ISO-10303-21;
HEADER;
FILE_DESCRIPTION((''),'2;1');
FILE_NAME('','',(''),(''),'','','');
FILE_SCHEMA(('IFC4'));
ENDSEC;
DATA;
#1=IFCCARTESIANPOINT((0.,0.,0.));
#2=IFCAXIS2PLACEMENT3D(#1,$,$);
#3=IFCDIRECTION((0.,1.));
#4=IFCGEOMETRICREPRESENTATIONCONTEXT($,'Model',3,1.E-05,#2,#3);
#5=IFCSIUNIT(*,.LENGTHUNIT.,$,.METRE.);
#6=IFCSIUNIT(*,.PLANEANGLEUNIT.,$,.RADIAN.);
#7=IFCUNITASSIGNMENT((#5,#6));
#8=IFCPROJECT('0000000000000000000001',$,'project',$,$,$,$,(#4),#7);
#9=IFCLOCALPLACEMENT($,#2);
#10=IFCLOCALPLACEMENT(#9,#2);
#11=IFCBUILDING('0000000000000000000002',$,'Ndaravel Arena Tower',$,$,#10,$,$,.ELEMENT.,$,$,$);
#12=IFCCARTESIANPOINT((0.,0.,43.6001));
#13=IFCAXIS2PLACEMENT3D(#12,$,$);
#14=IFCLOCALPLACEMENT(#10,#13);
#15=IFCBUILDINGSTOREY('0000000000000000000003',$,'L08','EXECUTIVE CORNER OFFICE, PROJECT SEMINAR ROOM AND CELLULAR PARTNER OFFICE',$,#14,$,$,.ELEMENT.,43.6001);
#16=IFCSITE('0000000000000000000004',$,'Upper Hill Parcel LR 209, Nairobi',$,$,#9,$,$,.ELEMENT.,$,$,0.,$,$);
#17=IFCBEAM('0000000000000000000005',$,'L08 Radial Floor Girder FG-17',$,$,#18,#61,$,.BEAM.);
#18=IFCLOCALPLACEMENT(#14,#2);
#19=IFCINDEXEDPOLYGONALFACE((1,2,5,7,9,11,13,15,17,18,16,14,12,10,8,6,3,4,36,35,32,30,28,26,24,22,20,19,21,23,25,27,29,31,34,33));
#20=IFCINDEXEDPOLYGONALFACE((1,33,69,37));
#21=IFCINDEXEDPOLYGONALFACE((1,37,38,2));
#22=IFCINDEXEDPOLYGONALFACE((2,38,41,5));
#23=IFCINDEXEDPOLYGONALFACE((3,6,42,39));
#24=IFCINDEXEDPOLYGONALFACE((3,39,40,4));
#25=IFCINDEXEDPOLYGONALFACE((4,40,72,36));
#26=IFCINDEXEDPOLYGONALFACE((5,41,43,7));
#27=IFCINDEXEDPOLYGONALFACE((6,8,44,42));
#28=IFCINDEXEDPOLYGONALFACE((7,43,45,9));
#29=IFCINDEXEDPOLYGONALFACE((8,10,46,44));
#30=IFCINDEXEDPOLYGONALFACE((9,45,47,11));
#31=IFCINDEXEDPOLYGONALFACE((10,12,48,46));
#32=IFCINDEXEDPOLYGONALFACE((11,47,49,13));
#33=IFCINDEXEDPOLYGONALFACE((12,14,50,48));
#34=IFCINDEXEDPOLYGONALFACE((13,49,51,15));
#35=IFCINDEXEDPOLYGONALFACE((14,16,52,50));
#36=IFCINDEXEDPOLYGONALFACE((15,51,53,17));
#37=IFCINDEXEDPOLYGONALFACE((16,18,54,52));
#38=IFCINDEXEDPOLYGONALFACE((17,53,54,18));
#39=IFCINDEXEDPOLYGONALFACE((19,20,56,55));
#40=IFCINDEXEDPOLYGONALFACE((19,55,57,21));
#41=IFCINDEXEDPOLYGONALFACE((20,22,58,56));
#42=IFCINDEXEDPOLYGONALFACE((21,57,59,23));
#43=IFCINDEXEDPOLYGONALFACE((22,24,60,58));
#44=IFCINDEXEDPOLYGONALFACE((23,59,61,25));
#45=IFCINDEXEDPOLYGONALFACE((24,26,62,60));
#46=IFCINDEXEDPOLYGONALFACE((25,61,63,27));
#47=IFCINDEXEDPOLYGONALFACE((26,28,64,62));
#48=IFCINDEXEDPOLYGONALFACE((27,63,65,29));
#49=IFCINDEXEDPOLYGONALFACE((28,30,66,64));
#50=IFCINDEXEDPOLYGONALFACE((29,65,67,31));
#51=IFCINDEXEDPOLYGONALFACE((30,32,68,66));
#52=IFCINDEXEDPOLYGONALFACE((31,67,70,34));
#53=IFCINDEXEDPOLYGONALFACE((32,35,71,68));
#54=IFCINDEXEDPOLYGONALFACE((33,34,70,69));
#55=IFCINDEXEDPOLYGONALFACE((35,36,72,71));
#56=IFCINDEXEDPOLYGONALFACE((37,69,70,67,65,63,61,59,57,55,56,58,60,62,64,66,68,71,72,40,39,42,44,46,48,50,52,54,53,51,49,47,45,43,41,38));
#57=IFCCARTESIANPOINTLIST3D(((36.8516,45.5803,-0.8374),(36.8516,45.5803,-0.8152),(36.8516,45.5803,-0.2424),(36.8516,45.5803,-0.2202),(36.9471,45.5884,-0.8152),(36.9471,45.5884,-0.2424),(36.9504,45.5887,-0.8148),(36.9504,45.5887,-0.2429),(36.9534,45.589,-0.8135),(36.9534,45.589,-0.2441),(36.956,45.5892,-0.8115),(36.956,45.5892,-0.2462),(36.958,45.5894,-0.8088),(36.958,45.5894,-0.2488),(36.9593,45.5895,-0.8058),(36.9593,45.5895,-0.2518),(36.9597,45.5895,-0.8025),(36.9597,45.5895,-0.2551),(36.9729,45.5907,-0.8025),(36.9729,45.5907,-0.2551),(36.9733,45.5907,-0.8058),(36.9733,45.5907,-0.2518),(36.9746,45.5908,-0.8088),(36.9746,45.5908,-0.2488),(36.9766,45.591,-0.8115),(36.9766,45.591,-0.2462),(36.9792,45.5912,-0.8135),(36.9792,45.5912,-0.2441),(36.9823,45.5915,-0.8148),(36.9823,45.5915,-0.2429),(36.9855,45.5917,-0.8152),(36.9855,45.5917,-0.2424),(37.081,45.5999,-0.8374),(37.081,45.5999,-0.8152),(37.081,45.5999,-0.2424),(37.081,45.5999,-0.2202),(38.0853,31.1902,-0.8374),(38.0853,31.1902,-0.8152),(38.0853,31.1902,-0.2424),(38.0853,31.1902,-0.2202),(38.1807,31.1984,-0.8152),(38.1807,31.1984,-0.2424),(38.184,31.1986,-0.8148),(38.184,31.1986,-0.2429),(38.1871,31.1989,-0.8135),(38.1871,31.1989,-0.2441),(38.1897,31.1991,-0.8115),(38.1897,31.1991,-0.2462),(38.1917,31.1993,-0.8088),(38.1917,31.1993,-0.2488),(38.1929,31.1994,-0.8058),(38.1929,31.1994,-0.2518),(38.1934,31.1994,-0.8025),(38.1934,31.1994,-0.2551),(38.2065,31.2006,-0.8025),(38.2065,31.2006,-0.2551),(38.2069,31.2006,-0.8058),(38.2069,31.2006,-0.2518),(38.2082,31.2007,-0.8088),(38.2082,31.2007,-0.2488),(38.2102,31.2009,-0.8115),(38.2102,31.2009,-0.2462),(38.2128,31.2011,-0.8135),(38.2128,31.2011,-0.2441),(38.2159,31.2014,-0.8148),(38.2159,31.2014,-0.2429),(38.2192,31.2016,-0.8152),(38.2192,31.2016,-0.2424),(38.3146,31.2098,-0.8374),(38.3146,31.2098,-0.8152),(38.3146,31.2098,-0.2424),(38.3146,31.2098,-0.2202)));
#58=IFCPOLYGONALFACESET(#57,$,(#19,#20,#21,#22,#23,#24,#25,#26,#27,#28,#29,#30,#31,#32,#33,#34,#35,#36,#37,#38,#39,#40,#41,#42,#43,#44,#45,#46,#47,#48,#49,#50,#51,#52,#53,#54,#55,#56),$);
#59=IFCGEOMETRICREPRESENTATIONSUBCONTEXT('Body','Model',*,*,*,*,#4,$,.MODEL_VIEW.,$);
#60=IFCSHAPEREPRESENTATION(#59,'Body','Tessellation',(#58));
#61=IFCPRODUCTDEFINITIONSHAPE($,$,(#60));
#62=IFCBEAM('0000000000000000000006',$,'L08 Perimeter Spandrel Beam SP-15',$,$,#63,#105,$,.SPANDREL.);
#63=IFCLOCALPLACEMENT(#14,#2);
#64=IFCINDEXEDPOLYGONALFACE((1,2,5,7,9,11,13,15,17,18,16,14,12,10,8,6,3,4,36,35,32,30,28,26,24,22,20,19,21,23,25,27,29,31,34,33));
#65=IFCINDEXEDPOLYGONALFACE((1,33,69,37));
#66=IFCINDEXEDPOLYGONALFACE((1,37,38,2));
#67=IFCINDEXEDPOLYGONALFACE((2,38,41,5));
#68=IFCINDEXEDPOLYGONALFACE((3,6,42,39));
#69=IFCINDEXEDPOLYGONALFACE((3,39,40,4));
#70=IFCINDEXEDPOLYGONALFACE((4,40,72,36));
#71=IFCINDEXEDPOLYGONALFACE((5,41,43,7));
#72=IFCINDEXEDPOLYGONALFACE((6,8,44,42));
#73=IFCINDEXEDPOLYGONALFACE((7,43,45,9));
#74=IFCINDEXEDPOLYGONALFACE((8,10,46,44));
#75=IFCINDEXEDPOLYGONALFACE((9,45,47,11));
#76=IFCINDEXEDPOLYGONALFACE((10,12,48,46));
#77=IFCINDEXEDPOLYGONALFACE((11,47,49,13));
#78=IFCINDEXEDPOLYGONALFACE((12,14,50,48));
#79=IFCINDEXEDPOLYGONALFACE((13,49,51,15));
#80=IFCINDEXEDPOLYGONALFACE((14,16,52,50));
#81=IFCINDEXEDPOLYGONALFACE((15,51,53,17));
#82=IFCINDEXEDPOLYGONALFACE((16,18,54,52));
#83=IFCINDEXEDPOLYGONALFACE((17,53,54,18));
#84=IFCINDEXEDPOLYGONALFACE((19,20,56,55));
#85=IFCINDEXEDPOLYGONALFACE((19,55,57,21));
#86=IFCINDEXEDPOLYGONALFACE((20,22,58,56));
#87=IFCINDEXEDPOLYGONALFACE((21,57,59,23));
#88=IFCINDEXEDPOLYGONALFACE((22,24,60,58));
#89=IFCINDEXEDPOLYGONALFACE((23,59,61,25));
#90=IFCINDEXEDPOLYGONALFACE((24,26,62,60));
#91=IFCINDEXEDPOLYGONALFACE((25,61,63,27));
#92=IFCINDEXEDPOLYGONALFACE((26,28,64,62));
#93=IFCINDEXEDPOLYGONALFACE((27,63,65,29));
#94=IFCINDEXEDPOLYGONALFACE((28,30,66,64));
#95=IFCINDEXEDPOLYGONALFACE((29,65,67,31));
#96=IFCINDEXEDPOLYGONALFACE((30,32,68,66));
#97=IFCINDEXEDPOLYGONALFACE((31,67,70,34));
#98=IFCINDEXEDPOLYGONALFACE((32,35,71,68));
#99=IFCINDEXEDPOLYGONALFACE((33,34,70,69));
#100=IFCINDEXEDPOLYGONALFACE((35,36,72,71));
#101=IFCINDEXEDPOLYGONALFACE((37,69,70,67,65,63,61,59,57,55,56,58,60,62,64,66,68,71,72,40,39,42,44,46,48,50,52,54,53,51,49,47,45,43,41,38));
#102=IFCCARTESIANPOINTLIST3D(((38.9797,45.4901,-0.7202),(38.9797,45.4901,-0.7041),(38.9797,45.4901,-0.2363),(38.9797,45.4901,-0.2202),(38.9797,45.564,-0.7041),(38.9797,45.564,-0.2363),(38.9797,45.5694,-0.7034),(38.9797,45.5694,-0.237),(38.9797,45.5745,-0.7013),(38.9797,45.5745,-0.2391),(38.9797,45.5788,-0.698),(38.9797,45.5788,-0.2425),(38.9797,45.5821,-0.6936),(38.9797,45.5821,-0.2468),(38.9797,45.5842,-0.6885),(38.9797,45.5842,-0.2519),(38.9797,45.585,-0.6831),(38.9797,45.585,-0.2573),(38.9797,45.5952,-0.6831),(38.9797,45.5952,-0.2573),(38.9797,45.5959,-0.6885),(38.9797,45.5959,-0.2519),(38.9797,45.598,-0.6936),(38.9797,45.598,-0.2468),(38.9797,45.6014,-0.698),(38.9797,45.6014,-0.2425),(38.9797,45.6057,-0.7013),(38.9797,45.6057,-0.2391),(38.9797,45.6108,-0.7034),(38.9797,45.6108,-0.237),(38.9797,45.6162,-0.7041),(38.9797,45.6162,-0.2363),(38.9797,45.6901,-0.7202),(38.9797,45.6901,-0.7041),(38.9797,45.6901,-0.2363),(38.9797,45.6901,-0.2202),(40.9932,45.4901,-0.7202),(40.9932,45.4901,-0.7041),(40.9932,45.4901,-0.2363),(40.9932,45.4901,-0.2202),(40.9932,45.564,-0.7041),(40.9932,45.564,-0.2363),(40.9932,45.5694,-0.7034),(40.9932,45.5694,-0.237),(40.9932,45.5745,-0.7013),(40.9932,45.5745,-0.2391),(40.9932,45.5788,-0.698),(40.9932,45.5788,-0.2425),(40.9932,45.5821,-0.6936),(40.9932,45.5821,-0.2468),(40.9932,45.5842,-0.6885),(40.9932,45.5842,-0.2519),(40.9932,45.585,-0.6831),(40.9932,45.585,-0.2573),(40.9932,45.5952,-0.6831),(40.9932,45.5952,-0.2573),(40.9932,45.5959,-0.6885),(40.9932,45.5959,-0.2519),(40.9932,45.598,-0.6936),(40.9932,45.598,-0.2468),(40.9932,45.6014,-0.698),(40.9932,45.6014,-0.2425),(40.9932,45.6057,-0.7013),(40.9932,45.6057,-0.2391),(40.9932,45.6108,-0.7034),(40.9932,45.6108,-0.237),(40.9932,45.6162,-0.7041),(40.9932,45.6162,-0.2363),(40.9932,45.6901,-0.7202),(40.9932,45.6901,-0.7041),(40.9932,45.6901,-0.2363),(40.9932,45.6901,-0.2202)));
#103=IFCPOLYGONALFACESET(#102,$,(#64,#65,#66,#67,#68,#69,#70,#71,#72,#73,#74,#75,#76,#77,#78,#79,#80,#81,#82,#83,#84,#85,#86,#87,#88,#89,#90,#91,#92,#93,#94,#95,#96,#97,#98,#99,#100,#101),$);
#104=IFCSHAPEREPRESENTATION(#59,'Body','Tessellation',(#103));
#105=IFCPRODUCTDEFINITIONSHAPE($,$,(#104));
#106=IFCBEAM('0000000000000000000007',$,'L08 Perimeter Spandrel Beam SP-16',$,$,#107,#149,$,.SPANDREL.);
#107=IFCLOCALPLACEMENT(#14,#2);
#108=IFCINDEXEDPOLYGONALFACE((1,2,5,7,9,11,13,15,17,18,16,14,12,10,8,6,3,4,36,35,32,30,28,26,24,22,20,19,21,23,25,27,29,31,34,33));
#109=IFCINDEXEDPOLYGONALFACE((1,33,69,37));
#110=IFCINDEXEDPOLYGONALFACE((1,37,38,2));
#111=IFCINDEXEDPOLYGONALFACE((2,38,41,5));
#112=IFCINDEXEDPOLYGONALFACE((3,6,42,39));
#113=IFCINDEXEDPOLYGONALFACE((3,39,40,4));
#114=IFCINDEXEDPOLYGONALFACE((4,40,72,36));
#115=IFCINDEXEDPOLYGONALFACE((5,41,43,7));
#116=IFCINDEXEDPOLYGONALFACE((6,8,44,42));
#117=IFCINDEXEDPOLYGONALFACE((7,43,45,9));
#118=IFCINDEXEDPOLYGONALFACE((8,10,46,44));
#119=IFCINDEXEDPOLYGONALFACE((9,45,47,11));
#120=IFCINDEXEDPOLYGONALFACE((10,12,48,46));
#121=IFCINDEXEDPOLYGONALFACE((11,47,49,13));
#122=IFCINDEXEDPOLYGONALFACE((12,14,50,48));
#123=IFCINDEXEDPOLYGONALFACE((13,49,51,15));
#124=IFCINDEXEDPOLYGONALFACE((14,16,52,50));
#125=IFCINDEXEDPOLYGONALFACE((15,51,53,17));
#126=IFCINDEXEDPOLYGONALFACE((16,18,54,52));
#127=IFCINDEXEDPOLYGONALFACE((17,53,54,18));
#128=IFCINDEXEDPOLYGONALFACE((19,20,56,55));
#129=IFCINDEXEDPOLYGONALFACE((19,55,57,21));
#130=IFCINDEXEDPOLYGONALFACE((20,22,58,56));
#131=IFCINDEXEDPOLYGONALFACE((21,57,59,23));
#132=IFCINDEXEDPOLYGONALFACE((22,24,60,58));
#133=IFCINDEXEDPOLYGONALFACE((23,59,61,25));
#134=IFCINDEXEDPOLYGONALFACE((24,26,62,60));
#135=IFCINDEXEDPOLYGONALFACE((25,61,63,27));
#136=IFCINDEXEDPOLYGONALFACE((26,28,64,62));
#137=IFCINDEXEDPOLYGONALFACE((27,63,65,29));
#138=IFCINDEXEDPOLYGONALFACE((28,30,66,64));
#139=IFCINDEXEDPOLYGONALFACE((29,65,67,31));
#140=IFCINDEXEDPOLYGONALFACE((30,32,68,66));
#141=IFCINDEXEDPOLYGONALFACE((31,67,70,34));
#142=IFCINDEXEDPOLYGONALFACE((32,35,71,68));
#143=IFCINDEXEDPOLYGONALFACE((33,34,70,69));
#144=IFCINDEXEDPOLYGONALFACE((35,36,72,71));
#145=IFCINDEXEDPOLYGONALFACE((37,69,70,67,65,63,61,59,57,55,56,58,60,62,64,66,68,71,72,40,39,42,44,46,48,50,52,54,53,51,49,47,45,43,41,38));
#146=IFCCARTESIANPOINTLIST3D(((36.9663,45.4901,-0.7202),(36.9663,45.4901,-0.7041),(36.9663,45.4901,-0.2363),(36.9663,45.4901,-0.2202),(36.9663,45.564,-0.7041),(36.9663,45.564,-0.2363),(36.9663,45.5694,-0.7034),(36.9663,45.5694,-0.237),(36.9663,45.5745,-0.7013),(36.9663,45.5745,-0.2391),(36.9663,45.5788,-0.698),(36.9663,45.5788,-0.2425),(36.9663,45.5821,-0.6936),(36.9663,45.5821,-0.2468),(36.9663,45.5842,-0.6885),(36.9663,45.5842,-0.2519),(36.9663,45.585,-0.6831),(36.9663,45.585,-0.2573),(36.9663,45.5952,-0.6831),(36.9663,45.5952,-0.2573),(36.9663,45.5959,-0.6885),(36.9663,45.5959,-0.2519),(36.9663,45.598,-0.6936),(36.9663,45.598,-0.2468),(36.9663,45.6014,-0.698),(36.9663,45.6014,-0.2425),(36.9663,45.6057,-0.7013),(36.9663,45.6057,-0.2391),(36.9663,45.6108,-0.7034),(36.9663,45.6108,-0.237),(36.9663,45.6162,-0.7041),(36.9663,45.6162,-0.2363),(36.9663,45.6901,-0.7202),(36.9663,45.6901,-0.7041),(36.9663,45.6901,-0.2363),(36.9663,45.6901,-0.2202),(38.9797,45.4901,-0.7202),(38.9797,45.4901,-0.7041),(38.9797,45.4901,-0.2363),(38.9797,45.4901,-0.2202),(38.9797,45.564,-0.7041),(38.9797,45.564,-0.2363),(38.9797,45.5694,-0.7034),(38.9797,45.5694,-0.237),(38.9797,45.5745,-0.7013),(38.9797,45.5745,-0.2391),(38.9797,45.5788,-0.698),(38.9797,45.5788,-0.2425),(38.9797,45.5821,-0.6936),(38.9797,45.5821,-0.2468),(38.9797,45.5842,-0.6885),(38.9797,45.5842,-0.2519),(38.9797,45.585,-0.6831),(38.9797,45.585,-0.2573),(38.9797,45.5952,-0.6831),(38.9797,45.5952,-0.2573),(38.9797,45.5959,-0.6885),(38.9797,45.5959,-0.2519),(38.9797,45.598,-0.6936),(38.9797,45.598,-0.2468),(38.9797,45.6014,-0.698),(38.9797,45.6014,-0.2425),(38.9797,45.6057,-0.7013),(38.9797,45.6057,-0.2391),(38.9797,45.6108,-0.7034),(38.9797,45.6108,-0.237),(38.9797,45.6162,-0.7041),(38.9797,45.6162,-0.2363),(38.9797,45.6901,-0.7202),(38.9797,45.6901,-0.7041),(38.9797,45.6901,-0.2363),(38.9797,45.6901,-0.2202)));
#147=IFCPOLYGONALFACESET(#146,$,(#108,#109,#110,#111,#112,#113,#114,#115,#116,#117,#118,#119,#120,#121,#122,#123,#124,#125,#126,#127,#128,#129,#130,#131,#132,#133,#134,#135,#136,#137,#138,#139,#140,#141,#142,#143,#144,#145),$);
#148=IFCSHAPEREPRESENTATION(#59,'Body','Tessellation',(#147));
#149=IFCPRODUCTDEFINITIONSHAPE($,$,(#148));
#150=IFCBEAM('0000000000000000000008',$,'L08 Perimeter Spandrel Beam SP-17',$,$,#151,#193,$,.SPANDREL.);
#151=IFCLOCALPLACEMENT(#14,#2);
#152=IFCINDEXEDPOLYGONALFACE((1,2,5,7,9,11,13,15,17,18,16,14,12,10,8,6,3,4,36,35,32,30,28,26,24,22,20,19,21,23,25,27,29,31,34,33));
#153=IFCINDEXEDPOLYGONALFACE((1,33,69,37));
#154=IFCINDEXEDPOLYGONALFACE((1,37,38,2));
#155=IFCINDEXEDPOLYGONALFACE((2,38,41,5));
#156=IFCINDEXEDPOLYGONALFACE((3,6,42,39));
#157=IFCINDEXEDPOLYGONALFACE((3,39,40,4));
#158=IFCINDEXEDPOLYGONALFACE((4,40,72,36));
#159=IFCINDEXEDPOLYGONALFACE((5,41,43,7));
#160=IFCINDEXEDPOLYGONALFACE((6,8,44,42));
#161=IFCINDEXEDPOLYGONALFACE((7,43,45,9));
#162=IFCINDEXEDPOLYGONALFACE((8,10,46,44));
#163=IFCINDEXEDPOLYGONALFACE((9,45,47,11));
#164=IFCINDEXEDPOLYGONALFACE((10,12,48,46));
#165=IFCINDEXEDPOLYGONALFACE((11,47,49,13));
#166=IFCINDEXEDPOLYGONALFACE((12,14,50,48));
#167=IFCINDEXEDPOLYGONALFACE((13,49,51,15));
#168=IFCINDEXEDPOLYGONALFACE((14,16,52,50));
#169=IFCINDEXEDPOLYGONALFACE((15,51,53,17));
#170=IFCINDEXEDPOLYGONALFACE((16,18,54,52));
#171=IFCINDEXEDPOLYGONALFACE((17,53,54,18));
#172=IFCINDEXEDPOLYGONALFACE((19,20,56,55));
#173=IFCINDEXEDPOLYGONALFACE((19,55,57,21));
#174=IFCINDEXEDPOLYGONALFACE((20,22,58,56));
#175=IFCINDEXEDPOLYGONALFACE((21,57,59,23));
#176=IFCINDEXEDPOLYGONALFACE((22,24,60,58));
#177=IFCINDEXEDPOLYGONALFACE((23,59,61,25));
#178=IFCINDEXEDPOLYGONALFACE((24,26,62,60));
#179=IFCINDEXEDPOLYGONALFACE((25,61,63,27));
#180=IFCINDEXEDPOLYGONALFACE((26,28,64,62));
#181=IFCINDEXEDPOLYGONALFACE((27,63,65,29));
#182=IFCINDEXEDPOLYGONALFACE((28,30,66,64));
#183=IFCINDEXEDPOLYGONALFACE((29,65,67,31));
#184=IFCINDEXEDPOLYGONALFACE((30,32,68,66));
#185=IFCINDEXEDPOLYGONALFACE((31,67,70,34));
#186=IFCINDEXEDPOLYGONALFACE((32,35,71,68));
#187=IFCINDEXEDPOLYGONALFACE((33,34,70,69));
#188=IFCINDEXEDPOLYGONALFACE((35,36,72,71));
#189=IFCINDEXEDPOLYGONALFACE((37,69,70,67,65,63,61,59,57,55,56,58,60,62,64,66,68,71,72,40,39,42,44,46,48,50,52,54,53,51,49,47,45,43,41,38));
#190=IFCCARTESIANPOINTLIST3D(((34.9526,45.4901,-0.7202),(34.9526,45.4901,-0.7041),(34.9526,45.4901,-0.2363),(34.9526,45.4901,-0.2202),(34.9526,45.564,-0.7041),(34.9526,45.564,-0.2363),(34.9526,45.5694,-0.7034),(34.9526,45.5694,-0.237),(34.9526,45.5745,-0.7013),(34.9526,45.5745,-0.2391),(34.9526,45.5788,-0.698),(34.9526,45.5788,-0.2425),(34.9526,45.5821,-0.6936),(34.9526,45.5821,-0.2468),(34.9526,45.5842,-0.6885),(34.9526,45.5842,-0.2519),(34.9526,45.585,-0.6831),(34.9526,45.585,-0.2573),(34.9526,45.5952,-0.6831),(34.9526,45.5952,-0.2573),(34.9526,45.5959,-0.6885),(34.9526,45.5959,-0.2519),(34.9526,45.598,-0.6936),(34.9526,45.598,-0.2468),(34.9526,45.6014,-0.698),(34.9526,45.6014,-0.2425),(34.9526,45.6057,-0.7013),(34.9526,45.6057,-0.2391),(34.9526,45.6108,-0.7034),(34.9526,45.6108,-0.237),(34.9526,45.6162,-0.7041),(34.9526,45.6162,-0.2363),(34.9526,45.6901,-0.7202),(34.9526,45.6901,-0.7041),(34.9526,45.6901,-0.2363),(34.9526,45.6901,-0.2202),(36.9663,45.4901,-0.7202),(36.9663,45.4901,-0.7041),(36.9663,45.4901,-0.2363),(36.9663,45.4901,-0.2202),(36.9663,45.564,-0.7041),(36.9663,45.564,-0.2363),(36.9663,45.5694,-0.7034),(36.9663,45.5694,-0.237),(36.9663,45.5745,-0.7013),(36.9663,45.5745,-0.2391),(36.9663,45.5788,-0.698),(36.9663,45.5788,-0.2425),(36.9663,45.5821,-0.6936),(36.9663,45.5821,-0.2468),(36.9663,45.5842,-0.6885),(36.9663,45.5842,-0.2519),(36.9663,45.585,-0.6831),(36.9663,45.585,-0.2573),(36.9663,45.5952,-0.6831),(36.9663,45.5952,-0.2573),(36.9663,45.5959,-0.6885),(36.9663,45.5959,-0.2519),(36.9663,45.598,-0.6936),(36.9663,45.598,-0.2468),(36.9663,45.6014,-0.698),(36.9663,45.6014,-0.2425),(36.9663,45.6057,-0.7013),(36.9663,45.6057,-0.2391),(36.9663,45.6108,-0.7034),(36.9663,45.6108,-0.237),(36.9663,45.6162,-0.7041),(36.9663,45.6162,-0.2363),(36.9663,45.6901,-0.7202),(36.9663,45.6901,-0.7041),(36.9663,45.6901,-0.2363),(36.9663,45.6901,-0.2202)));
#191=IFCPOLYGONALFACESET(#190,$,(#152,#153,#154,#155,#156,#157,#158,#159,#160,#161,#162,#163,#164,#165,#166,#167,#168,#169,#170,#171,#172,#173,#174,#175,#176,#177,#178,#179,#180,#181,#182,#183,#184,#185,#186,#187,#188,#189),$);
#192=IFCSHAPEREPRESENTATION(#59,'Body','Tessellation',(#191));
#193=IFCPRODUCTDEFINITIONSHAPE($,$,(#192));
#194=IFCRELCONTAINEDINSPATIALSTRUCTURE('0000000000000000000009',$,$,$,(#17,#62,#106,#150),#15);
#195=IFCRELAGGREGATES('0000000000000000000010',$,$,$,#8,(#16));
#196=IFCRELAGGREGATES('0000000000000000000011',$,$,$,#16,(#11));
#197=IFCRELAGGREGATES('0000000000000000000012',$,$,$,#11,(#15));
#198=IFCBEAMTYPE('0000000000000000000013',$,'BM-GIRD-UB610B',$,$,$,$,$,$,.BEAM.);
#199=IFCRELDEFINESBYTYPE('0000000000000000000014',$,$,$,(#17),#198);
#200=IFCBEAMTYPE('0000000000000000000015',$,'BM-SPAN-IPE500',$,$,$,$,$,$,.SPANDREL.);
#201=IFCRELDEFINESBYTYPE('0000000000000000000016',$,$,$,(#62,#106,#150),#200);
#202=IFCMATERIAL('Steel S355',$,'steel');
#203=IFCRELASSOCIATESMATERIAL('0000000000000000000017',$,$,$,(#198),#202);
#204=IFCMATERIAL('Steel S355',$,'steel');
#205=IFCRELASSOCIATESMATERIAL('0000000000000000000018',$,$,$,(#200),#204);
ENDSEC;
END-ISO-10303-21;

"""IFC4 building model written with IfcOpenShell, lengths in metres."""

from ifc_helpers import new_model, si_unit, direction, frame, origin, origin_2d, place, context, subcontext, project, spatial, i_section, extrude, material, material_profile, profile_set, type_object, element, save


model = new_model("IFC4")

# Units and contexts
model_context = context("Model", 3, precision=1e-05, world=origin(), true_north=direction((0.0, 1.0)))
body_context = subcontext(model_context, "Body", "Model", "MODEL_VIEW")
ifc_project = project(units=[si_unit("LENGTHUNIT", "METRE"), si_unit("PLANEANGLEUNIT", "RADIAN")], contexts=[model_context])

# Site, building, storey
site_placement = place(None, origin())
site = spatial("IfcSite", under=ifc_project, at=site_placement, Name="Upper Hill Parcel LR 209, Nairobi", CompositionType="ELEMENT", RefElevation=0.0)
building_placement = place(site_placement, origin())
building = spatial("IfcBuilding", under=site, at=building_placement, Name="Ndaravel Arena Tower", CompositionType="ELEMENT")
storey_placement = place(building_placement, frame((0.0, 0.0, 43.6001)))
storey = spatial("IfcBuildingStorey", under=building, at=storey_placement, Name="L08", Description="EXECUTIVE CORNER OFFICE, PROJECT SEMINAR ROOM AND CELLULAR PARTNER OFFICE", CompositionType="ELEMENT", Elevation=43.6001)

# Beams
ifc_material_1 = material(Name="Steel S355", Category="steel")
ifc_material_profile_1 = material_profile(ifc_material_1, i_section(OverallWidth=0.2302, OverallDepth=0.6172, WebThickness=0.0132, FlangeThickness=0.0222, FilletRadius=0.0127, at=origin_2d()), Name="UB 610x229x140")
ifc_profile_set_1 = profile_set([ifc_material_profile_1], Name="Steel S355")
beam_type_1 = type_object("IfcBeamType", Name="BM-GIRD-UB610B", PredefinedType="BEAM", material=ifc_profile_set_1)
beam_1_placement = place(storey_placement, frame((36.9663, 45.5901, -0.5288), z_axis=(0.085415, -0.996345, 0.0), x_axis=(0.996345, 0.085415, 0.0)))
element("IfcBeam", 1, at=beam_1_placement, inside=storey, type_object=beam_type_1, Name="L08 Radial Floor Girder FG-17", PredefinedType="BEAM", context=body_context, shape_type="SweptSolid", body=[
    extrude(i_section(OverallWidth=0.2302, OverallDepth=0.6172, WebThickness=0.0132, FlangeThickness=0.0222, FilletRadius=0.0127, at=origin_2d()), origin(), (0.0, 0.0, 1.0), 14.4429),
])
ifc_material_2 = material(Name="Steel S355", Category="steel")
ifc_material_profile_2 = material_profile(ifc_material_2, i_section(OverallWidth=0.2, OverallDepth=0.5, WebThickness=0.0103, FlangeThickness=0.0161, FilletRadius=0.021, at=origin_2d()), Name="IPE 500")
ifc_profile_set_2 = profile_set([ifc_material_profile_2], Name="Steel S355")
beam_type_2 = type_object("IfcBeamType", Name="BM-SPAN-IPE500", PredefinedType="SPANDREL", material=ifc_profile_set_2)
for number, where, z_axis, x_axis, name in (
    (2, (40.9932, 45.5901, -0.4702), (-1.0, 0.0, 0.0), (0.0, -1.0, 0.0), "L08 Perimeter Spandrel Beam SP-15"),
    (3, (38.9797, 45.5901, -0.4702), (-1.0, 0.0, 0.0), (0.0, -1.0, 0.0), "L08 Perimeter Spandrel Beam SP-16"),
):
    element("IfcBeam", number, at=place(storey_placement, frame(where, z_axis=z_axis, x_axis=x_axis)), inside=storey, type_object=beam_type_2, Name=name, PredefinedType="SPANDREL", context=body_context, shape_type="SweptSolid", body=[
        extrude(i_section(OverallWidth=0.2, OverallDepth=0.5, WebThickness=0.0103, FlangeThickness=0.0161, FilletRadius=0.021, at=origin_2d()), origin(), (0.0, 0.0, 1.0), 2.0134),
    ])
beam_2_placement = place(storey_placement, frame((36.9663, 45.5901, -0.4702), z_axis=(-1.0, 0.0, 0.0), x_axis=(0.0, -1.0, 0.0)))
element("IfcBeam", 4, at=beam_2_placement, inside=storey, type_object=beam_type_2, Name="L08 Perimeter Spandrel Beam SP-17", PredefinedType="SPANDREL", context=body_context, shape_type="SweptSolid", body=[
    extrude(i_section(OverallWidth=0.2, OverallDepth=0.5, WebThickness=0.0103, FlangeThickness=0.0161, FilletRadius=0.021, at=origin_2d()), origin(), (0.0, 0.0, 1.0), 2.0137),
])

save(model, "model.ifc")
